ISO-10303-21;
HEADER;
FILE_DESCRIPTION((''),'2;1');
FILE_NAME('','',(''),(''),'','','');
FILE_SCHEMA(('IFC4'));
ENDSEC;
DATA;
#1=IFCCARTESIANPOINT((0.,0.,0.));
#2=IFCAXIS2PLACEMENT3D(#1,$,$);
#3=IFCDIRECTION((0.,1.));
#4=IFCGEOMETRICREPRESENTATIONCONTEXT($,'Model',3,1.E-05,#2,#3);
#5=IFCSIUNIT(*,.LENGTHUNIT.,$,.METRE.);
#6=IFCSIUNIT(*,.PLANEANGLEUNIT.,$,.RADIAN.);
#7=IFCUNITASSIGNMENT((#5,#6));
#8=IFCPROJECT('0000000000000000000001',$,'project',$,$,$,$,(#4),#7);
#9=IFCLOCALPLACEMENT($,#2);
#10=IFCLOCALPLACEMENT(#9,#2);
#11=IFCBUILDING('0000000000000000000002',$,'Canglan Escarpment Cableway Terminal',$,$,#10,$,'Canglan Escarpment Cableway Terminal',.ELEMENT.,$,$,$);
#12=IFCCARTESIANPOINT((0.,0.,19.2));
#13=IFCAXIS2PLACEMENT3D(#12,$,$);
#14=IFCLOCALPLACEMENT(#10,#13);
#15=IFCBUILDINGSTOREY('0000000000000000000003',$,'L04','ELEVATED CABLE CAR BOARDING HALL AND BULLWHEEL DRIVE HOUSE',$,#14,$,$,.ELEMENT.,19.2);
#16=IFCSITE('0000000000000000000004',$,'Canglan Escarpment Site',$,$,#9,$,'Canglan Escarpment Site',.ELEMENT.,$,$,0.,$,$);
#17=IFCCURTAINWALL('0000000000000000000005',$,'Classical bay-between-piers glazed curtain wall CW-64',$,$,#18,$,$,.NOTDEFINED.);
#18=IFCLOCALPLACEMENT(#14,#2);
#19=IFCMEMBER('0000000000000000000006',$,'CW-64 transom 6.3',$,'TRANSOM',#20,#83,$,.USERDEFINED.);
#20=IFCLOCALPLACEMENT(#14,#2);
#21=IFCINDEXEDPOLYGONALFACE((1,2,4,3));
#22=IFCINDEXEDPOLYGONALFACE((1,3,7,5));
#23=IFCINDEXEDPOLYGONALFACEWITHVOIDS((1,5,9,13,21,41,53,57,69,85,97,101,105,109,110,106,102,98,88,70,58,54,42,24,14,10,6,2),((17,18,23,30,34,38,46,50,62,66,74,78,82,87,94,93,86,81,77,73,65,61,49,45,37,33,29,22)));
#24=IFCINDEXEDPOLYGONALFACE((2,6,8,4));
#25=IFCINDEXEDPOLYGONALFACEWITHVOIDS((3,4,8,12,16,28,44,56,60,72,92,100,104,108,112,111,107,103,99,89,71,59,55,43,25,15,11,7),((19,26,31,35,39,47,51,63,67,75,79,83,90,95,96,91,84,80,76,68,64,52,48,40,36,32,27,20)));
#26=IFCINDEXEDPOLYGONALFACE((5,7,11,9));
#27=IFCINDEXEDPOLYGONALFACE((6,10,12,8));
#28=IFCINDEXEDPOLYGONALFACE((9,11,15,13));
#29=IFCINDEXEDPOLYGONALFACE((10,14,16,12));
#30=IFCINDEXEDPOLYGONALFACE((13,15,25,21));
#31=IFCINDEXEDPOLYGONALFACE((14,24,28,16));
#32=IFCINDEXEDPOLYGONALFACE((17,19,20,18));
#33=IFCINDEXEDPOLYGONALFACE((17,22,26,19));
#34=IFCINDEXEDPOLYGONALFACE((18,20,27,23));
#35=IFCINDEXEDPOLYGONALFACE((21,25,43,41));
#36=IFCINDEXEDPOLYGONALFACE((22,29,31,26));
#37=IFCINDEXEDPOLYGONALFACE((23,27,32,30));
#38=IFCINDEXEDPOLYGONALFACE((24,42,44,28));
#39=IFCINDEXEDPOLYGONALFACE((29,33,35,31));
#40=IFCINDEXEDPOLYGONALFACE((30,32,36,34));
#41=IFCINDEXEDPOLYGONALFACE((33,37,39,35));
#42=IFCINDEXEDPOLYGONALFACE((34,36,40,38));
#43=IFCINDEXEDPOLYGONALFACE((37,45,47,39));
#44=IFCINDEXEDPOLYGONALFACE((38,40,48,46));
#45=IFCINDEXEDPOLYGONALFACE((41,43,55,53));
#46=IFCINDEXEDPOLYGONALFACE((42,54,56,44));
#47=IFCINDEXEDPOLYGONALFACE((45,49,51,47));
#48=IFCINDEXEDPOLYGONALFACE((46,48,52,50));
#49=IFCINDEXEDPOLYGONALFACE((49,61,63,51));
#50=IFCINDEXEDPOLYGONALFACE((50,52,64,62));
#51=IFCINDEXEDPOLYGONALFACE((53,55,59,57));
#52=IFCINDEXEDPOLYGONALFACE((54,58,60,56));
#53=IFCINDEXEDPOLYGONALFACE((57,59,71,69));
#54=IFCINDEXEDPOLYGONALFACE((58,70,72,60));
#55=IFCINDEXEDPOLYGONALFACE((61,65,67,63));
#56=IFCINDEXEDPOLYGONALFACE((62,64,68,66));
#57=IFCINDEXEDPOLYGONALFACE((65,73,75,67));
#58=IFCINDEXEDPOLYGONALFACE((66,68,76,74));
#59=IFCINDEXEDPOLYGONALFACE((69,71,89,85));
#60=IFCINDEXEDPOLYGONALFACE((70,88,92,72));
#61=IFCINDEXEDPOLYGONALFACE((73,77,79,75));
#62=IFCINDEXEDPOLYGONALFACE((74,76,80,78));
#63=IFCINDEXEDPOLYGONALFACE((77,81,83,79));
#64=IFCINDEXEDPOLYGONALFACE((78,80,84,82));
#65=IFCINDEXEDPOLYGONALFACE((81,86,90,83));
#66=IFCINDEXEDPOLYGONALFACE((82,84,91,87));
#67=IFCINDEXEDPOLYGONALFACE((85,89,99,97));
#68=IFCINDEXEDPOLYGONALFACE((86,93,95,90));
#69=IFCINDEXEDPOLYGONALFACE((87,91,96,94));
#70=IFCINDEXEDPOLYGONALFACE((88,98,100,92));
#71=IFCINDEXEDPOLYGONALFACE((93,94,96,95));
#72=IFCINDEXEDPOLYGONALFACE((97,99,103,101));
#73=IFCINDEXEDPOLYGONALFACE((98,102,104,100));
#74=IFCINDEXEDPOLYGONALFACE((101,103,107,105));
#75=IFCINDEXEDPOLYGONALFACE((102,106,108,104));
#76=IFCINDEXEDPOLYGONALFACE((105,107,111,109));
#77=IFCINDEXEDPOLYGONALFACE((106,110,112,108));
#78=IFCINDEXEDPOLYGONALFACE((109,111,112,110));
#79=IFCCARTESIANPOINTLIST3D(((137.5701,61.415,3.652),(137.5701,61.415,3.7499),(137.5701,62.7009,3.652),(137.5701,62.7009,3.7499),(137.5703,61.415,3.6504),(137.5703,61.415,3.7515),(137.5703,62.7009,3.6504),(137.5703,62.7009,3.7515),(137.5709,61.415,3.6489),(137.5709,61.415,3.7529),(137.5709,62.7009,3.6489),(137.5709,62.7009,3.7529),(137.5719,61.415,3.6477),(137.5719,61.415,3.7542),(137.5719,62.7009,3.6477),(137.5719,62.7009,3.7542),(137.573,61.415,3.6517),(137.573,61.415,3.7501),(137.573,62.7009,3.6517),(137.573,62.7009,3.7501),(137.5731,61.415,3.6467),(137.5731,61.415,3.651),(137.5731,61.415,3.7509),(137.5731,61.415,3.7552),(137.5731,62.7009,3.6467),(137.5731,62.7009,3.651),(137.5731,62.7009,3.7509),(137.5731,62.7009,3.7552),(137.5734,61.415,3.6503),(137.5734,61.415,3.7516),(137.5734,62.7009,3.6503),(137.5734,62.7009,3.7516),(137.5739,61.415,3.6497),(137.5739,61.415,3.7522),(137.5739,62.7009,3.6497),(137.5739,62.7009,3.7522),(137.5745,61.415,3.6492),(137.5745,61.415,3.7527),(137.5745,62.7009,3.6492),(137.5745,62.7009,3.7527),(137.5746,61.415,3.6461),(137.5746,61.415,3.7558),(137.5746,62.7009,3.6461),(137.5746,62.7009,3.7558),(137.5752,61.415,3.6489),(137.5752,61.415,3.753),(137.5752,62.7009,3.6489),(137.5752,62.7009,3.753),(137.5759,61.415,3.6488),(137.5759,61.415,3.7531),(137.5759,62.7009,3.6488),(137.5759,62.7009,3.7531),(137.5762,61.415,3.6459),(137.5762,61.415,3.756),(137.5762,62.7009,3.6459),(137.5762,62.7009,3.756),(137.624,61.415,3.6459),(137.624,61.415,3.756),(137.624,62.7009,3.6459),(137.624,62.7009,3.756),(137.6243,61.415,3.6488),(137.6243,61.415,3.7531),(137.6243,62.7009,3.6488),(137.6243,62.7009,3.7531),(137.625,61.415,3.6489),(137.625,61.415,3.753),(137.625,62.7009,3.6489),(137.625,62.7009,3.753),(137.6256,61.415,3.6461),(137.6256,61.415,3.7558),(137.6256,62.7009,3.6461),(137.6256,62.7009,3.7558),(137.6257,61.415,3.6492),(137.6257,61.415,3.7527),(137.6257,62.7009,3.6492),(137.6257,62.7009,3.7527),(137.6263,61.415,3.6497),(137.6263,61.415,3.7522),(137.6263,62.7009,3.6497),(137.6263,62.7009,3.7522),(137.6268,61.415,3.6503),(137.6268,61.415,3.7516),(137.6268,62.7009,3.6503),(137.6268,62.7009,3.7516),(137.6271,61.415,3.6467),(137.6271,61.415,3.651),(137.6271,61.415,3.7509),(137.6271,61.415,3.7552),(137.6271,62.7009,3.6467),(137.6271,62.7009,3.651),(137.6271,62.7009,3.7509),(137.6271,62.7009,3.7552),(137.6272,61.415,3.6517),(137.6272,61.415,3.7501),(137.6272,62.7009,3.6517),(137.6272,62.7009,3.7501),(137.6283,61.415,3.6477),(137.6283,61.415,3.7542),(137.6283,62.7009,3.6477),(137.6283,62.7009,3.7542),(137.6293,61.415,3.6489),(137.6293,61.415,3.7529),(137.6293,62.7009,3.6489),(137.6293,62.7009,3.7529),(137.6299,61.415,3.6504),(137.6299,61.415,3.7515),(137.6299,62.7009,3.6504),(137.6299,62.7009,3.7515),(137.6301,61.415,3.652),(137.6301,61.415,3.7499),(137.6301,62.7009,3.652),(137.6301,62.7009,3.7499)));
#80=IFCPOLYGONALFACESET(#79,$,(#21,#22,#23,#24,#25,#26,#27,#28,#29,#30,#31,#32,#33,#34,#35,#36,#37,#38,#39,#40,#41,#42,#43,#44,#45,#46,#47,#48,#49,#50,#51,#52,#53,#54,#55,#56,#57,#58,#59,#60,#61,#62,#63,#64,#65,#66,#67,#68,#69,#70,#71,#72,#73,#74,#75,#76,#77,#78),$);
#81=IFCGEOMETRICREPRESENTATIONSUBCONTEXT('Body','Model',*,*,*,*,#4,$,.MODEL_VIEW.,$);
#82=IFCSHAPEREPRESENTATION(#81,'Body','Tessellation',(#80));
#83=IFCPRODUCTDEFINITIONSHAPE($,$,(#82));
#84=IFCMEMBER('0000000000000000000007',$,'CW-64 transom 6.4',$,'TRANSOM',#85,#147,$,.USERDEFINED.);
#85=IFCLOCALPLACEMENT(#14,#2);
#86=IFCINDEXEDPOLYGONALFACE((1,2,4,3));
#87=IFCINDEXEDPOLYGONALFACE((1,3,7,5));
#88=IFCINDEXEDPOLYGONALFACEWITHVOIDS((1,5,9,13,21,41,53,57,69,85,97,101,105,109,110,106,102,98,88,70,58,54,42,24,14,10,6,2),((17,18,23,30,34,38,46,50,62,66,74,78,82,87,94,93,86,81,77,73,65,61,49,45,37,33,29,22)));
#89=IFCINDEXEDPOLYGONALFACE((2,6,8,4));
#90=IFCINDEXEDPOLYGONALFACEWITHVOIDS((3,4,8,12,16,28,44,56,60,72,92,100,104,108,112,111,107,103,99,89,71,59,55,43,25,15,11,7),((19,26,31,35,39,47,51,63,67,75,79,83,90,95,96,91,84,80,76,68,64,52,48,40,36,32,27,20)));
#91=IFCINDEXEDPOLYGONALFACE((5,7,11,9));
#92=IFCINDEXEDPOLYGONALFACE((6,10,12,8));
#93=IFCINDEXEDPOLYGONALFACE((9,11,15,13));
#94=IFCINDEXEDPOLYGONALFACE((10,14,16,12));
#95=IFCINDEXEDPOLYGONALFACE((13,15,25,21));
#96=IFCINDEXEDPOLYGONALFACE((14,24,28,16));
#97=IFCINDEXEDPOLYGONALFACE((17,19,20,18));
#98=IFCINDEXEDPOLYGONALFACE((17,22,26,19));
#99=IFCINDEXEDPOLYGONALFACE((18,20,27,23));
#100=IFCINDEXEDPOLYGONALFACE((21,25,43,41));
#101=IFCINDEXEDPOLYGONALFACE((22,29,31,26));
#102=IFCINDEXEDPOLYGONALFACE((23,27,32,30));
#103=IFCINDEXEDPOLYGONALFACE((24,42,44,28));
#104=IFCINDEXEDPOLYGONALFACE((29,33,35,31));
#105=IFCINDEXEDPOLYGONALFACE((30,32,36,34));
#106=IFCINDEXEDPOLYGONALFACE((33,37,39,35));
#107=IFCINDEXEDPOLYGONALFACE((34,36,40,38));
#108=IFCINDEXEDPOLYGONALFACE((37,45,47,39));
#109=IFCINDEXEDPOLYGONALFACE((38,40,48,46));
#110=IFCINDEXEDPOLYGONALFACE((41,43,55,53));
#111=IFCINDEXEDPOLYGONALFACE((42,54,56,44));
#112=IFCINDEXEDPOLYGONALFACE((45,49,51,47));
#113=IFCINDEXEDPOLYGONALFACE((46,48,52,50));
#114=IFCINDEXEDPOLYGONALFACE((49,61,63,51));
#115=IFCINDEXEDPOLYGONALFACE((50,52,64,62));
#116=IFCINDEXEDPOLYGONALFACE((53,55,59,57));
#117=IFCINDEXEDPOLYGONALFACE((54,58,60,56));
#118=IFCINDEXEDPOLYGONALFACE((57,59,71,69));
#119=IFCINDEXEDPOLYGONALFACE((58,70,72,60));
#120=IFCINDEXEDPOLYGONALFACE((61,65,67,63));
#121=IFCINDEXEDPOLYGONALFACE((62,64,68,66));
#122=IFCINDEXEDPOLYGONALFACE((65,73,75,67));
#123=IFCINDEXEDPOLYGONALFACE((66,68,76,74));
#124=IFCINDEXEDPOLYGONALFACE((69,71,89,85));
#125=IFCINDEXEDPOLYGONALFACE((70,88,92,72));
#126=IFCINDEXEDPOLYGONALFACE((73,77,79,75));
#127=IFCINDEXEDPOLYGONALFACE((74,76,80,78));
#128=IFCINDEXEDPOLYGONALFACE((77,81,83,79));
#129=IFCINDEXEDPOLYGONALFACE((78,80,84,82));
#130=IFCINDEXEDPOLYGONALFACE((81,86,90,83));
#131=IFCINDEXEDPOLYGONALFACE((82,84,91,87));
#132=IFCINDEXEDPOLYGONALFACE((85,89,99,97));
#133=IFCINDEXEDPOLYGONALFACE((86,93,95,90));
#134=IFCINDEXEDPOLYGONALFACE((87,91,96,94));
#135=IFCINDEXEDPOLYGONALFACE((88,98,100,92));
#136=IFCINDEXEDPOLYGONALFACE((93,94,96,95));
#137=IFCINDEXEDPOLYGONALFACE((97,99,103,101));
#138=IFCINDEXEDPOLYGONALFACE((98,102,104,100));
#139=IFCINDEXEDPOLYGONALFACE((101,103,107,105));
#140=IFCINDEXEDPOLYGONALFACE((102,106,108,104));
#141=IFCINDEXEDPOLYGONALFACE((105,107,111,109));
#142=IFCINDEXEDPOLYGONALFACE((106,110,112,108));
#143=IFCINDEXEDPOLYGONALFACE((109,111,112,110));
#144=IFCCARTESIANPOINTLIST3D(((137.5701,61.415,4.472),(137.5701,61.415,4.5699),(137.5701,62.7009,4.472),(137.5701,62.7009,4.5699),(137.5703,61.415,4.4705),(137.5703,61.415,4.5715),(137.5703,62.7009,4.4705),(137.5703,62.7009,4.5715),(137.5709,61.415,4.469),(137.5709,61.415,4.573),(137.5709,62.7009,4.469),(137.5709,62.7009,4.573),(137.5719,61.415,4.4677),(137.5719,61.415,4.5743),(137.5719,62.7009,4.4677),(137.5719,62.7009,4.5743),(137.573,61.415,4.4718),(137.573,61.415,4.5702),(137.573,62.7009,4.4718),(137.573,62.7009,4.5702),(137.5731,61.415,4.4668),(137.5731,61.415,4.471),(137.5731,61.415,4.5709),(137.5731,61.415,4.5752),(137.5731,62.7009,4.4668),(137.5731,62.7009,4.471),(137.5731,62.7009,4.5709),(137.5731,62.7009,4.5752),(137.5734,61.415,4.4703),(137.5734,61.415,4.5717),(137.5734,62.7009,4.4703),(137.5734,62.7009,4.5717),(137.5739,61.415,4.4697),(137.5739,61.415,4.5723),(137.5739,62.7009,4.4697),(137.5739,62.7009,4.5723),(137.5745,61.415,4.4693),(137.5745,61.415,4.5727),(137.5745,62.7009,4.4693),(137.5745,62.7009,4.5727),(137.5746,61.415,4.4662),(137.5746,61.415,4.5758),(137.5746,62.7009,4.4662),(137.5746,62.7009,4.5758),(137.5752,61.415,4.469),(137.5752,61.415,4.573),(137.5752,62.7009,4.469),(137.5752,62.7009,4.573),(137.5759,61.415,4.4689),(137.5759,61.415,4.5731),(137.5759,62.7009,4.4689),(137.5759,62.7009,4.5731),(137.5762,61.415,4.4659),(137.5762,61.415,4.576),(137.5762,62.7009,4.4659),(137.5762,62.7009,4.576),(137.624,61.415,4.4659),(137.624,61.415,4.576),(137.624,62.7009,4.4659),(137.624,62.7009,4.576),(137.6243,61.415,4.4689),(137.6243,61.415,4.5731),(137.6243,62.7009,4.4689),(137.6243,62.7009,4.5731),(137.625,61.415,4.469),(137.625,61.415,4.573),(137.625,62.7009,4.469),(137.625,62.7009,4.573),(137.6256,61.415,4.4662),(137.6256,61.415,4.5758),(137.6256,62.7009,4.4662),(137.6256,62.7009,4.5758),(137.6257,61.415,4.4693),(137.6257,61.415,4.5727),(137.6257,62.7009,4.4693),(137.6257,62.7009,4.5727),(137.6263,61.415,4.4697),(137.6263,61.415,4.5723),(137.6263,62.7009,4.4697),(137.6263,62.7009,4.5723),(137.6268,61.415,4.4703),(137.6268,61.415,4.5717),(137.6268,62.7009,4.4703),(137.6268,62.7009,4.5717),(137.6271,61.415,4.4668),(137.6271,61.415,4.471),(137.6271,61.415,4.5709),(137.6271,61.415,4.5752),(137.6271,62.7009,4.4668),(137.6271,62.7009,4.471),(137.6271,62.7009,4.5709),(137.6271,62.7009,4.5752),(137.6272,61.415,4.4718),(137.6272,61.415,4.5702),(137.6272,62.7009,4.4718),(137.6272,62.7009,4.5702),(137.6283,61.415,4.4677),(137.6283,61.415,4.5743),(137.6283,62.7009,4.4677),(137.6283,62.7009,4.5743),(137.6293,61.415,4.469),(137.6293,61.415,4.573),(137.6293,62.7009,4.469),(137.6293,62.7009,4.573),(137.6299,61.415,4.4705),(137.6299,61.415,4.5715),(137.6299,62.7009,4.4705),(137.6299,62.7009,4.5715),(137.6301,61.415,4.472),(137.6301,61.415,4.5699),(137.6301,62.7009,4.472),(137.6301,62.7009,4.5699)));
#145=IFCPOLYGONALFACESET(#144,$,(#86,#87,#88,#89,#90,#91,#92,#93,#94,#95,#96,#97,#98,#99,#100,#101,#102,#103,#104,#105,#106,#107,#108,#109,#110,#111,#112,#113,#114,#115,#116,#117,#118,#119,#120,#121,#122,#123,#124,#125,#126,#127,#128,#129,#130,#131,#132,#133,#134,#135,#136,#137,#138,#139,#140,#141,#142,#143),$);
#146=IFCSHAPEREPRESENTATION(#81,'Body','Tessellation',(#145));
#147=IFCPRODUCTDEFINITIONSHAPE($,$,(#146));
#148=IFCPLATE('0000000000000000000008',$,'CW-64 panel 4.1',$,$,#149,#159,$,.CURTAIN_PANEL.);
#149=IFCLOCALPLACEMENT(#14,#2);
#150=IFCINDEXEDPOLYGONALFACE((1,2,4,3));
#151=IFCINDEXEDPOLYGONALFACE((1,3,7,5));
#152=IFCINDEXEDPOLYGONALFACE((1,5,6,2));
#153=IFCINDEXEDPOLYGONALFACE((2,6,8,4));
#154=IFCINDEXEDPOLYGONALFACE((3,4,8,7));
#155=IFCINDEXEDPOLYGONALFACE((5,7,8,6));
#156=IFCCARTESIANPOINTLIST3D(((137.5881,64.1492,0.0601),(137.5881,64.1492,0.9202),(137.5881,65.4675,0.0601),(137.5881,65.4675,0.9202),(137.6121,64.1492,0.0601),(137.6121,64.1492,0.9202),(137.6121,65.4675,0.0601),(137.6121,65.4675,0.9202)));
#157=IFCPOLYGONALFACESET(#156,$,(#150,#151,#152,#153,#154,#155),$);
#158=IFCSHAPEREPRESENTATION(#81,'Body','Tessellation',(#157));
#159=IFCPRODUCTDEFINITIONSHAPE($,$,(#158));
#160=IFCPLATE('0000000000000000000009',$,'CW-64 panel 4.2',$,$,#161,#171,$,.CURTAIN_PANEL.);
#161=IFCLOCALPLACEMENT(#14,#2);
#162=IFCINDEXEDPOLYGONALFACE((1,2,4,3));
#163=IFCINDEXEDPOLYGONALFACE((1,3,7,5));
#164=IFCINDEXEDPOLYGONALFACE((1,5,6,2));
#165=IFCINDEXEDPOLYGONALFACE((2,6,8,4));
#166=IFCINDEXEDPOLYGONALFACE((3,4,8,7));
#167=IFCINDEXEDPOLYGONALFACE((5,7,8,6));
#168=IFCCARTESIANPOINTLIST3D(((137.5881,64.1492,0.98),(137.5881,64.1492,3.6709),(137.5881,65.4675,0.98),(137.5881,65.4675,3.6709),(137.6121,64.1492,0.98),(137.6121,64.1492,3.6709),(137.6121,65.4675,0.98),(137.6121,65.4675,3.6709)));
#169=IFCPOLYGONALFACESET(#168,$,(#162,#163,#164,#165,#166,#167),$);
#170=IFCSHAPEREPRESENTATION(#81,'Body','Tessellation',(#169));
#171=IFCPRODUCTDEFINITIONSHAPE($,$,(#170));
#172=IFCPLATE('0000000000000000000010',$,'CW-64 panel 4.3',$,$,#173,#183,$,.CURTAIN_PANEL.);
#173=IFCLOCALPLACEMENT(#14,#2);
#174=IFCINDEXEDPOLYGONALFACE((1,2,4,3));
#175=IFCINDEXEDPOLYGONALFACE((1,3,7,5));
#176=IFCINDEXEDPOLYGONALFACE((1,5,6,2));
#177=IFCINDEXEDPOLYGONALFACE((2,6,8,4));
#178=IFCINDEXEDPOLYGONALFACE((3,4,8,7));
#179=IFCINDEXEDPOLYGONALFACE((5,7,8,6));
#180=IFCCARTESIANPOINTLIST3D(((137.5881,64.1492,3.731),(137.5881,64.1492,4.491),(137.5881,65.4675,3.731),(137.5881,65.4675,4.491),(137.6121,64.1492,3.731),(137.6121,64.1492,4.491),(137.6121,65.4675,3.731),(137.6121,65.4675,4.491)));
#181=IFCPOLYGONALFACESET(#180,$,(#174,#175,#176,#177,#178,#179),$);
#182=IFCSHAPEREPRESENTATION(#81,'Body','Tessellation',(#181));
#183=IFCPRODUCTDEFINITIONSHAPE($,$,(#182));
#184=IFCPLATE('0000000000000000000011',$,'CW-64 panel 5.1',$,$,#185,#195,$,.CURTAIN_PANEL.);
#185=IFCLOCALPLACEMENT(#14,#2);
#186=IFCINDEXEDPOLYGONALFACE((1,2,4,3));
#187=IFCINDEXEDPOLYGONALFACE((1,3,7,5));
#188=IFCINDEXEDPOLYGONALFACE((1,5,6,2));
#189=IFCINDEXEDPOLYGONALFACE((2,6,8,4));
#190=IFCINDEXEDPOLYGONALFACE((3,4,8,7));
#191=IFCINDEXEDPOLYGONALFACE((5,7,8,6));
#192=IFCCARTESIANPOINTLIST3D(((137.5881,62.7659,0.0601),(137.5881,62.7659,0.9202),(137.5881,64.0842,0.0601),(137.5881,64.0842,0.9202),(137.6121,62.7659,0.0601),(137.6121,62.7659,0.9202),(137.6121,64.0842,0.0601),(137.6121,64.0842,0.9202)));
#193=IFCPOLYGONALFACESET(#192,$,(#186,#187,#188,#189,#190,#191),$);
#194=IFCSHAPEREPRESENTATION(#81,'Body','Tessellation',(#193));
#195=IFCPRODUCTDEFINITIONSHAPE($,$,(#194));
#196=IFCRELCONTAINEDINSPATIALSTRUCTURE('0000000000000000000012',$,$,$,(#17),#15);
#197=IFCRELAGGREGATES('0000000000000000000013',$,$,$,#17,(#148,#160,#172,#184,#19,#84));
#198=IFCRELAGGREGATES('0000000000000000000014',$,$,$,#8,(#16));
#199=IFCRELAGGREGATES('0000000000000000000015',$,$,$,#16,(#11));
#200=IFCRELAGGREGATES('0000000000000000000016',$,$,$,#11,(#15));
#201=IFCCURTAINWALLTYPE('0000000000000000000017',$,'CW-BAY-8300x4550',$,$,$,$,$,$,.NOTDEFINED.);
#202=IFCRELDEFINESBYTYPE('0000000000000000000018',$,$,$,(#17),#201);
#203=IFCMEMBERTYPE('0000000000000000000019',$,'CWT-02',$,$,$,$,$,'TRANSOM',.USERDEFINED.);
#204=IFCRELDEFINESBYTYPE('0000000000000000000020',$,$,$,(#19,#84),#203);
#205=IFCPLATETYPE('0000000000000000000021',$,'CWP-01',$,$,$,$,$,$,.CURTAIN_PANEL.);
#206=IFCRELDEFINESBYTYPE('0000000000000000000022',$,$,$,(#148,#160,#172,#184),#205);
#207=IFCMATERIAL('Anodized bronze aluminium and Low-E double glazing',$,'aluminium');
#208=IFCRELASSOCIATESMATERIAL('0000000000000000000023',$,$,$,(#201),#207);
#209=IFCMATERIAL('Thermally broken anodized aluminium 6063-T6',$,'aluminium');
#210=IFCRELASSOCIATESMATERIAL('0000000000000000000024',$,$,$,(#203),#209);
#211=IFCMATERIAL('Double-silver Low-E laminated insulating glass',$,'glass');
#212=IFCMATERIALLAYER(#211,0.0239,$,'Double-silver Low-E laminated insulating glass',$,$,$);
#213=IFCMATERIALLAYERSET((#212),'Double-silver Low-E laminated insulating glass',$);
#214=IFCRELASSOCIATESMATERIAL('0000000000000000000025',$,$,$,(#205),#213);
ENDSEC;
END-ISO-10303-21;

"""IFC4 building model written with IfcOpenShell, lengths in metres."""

from ifc_helpers import new_model, si_unit, direction, frame, origin, origin_2d, place, context, subcontext, project, spatial, rectangle, hollow_rectangle, extrude, material, layer, layer_set, material_profile, profile_set, type_object, element, aggregate, save


model = new_model("IFC4")

# Units and contexts
model_context = context("Model", 3, precision=1e-05, world=origin(), true_north=direction((0.0, 1.0)))
body_context = subcontext(model_context, "Body", "Model", "MODEL_VIEW")
ifc_project = project(units=[si_unit("LENGTHUNIT", "METRE"), si_unit("PLANEANGLEUNIT", "RADIAN")], contexts=[model_context])

# Site, building, storey
site_placement = place(None, origin())
site = spatial("IfcSite", under=ifc_project, at=site_placement, Name="Canglan Escarpment Site", LongName="Canglan Escarpment Site", CompositionType="ELEMENT", RefElevation=0.0)
building_placement = place(site_placement, origin())
building = spatial("IfcBuilding", under=site, at=building_placement, Name="Canglan Escarpment Cableway Terminal", LongName="Canglan Escarpment Cableway Terminal", CompositionType="ELEMENT")
storey_placement = place(building_placement, frame((0.0, 0.0, 19.2)))
storey = spatial("IfcBuildingStorey", under=building, at=storey_placement, Name="L04", Description="ELEVATED CABLE CAR BOARDING HALL AND BULLWHEEL DRIVE HOUSE", CompositionType="ELEMENT", Elevation=19.2)

# Curtain wall
ifc_material_1 = material(Name="Anodized bronze aluminium and Low-E double glazing", Category="aluminium")
curtain_wall_type = type_object("IfcCurtainWallType", Name="CW-BAY-8300x4550", PredefinedType="NOTDEFINED", material=ifc_material_1)
ifc_material_2 = material(Name="Thermally broken anodized aluminium 6063-T6", Category="aluminium")
curtain_wall_1_placement = place(storey_placement, origin())
curtain_wall_1 = element("IfcCurtainWall", 1, at=curtain_wall_1_placement, inside=storey, type_object=curtain_wall_type, Name="Classical bay-between-piers glazed curtain wall CW-64", PredefinedType="NOTDEFINED")

# Members
ifc_material_profile_1 = material_profile(ifc_material_2, hollow_rectangle(XDim=0.0601, YDim=0.1101, WallThickness=0.0029, InnerFilletRadius=0.0029, OuterFilletRadius=0.0061, at=origin_2d()), Name="ALU-TRAN 60x110x3")
ifc_profile_set_1 = profile_set([ifc_material_profile_1], Name="Thermally broken anodized aluminium 6063-T6")
member_type_1 = type_object("IfcMemberType", Name="CWT-02", ElementType="TRANSOM", PredefinedType="USERDEFINED", material=ifc_profile_set_1)
member_1_placement = place(storey_placement, frame((137.6001, 62.7009, 3.7009), z_axis=(0.0, -1.0, 0.0), x_axis=(1.0, 0.0, 0.0)))
member_1 = element("IfcMember", 2, at=member_1_placement, type_object=member_type_1, Name="CW-64 transom 6.3", ObjectType="TRANSOM", PredefinedType="USERDEFINED", context=body_context, shape_type="SweptSolid", body=[
    extrude(hollow_rectangle(XDim=0.0601, YDim=0.1101, WallThickness=0.0029, InnerFilletRadius=0.0029, OuterFilletRadius=0.0061, at=origin_2d()), origin(), (0.0, 0.0, 1.0), 1.2859),
])
member_2_placement = place(storey_placement, frame((137.6001, 62.7009, 4.521), z_axis=(0.0, -1.0, 0.0), x_axis=(1.0, 0.0, 0.0)))
member_2 = element("IfcMember", 3, at=member_2_placement, type_object=member_type_1, Name="CW-64 transom 6.4", ObjectType="TRANSOM", PredefinedType="USERDEFINED", context=body_context, shape_type="SweptSolid", body=[
    extrude(hollow_rectangle(XDim=0.0601, YDim=0.1101, WallThickness=0.0029, InnerFilletRadius=0.0029, OuterFilletRadius=0.0061, at=origin_2d()), origin(), (0.0, 0.0, 1.0), 1.2859),
])

# Plates
ifc_material_3 = material(Name="Double-silver Low-E laminated insulating glass", Category="glass")
ifc_layer_1 = layer(ifc_material_3, 0.0239, Name="Double-silver Low-E laminated insulating glass")
ifc_layer_set_1 = layer_set([ifc_layer_1], Name="Double-silver Low-E laminated insulating glass")
plate_type_1 = type_object("IfcPlateType", Name="CWP-01", PredefinedType="CURTAIN_PANEL", material=ifc_layer_set_1)
plate_1_placement = place(storey_placement, frame((137.6001, 64.8083, 0.0601), z_axis=(0.0, 0.0, 1.0), x_axis=(0.0, -1.0, 0.0)))
plate_1 = element("IfcPlate", 4, at=plate_1_placement, type_object=plate_type_1, Name="CW-64 panel 4.1", PredefinedType="CURTAIN_PANEL", context=body_context, shape_type="SweptSolid", body=[
    extrude(rectangle(XDim=1.3184, YDim=0.0239, at=origin_2d()), origin(), (0.0, 0.0, 1.0), 0.8601),
])
plate_2_placement = place(storey_placement, frame((137.6001, 64.8083, 0.98), z_axis=(0.0, 0.0, 1.0), x_axis=(0.0, -1.0, 0.0)))
plate_2 = element("IfcPlate", 5, at=plate_2_placement, type_object=plate_type_1, Name="CW-64 panel 4.2", PredefinedType="CURTAIN_PANEL", context=body_context, shape_type="SweptSolid", body=[
    extrude(rectangle(XDim=1.3184, YDim=0.0239, at=origin_2d()), origin(), (0.0, 0.0, 1.0), 2.6909),
])
plate_3_placement = place(storey_placement, frame((137.6001, 64.8083, 3.731), z_axis=(0.0, 0.0, 1.0), x_axis=(0.0, -1.0, 0.0)))
plate_3 = element("IfcPlate", 6, at=plate_3_placement, type_object=plate_type_1, Name="CW-64 panel 4.3", PredefinedType="CURTAIN_PANEL", context=body_context, shape_type="SweptSolid", body=[
    extrude(rectangle(XDim=1.3184, YDim=0.0239, at=origin_2d()), origin(), (0.0, 0.0, 1.0), 0.76),
])
plate_4_placement = place(storey_placement, frame((137.6001, 63.425, 0.0601), z_axis=(0.0, 0.0, 1.0), x_axis=(0.0, -1.0, 0.0)))
plate_4 = element("IfcPlate", 7, at=plate_4_placement, type_object=plate_type_1, Name="CW-64 panel 5.1", PredefinedType="CURTAIN_PANEL", context=body_context, shape_type="SweptSolid", body=[
    extrude(rectangle(XDim=1.3184, YDim=0.0239, at=origin_2d()), origin(), (0.0, 0.0, 1.0), 0.8601),
])
aggregate(curtain_wall_1, [plate_1, plate_2, plate_3, plate_4, member_1, member_2])

save(model, "model.ifc")
